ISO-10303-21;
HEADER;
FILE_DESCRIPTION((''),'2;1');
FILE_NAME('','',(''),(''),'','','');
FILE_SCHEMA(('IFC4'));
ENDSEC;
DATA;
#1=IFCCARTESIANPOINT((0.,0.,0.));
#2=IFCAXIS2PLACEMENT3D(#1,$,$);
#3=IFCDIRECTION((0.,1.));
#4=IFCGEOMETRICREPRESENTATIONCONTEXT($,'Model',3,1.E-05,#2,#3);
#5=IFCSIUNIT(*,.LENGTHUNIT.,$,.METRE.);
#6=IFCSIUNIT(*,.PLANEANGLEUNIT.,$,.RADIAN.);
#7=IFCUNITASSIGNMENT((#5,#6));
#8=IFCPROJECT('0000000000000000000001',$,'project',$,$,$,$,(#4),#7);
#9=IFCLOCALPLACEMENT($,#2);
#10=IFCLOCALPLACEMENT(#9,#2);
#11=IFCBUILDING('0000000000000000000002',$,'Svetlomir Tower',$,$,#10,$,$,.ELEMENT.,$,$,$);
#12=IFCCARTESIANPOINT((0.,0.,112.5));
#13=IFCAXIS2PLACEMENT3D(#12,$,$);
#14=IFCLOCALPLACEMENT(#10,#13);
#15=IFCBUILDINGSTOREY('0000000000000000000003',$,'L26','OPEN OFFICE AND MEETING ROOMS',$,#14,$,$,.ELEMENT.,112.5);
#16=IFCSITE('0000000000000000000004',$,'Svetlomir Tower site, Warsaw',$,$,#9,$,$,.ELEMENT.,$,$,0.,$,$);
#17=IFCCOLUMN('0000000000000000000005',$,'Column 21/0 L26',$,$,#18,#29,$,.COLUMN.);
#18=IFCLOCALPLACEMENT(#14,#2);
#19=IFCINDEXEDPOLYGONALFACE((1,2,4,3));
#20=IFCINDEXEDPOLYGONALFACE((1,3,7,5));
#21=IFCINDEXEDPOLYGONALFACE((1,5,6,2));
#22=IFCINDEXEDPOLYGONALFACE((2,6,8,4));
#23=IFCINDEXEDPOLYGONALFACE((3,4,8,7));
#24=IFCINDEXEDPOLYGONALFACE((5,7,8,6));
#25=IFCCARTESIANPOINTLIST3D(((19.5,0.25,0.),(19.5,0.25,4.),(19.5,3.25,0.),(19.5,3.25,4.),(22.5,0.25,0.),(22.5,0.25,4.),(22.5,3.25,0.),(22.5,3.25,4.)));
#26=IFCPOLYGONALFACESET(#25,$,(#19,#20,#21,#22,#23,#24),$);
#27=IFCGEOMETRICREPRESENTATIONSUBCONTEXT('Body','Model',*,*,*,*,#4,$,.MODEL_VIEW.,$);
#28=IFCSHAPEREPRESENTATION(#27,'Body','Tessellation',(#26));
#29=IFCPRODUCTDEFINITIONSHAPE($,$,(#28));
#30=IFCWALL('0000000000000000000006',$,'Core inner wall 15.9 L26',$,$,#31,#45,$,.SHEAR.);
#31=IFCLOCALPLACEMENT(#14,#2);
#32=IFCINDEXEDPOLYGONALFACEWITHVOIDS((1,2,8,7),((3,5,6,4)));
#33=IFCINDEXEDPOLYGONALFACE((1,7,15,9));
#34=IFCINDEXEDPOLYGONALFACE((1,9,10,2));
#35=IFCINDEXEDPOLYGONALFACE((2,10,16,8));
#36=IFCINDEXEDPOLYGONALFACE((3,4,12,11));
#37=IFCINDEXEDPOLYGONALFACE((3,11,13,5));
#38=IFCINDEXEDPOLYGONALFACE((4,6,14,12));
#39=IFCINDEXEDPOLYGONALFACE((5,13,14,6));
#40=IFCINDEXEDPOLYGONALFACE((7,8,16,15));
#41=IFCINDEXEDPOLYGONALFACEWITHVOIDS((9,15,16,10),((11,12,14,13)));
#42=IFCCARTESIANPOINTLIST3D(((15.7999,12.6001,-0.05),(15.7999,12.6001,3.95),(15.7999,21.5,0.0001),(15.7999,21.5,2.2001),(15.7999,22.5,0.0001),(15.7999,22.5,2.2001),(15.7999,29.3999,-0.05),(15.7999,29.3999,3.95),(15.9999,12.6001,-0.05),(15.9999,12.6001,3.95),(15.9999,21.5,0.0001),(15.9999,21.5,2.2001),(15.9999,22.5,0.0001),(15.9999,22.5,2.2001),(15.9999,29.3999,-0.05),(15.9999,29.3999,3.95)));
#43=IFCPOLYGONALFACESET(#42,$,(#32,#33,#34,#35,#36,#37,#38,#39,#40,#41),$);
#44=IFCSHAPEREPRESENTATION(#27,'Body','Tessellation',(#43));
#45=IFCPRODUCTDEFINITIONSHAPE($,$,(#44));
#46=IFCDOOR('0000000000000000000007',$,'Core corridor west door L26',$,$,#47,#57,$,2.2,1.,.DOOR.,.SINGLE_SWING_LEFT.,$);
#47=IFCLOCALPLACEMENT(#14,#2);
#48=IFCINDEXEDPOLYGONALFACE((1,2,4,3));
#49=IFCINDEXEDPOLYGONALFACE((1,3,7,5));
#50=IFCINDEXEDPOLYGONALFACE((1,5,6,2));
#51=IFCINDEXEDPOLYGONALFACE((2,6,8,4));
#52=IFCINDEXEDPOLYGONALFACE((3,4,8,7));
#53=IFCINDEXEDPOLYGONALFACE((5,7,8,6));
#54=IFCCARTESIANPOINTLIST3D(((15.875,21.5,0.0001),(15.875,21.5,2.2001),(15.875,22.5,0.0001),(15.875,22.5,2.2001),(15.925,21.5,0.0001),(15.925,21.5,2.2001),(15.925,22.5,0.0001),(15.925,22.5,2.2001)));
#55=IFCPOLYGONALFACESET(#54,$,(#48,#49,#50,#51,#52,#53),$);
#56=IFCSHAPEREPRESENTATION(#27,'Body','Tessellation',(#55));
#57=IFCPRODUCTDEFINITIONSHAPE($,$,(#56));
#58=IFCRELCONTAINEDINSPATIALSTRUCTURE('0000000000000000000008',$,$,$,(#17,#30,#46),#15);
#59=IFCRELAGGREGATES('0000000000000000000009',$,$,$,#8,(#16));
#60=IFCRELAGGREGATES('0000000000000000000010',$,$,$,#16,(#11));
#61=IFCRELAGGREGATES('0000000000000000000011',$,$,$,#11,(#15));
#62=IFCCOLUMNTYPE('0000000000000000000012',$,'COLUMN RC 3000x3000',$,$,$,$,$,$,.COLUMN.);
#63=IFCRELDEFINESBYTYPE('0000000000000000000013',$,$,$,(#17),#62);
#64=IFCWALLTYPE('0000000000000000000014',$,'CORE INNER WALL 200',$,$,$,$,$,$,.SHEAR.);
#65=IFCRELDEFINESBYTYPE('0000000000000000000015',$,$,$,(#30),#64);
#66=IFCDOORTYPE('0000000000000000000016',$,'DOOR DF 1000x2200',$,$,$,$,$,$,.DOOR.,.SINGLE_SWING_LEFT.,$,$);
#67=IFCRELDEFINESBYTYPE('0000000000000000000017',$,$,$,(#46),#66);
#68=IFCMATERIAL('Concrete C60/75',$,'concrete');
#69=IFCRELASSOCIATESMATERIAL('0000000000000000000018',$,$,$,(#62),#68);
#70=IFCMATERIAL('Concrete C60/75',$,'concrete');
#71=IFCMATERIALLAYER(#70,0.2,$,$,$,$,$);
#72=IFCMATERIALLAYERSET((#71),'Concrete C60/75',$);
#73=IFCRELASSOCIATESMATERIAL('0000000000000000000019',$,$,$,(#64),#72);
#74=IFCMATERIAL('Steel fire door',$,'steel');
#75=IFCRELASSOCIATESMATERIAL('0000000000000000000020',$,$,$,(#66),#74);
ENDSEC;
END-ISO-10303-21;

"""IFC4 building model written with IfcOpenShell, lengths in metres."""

from ifc_helpers import new_model, si_unit, direction, frame, frame_2d, origin, origin_2d, place, context, subcontext, project, spatial, rectangle, extrude, material, layer, layer_set, material_profile, profile_set, type_object, element, fill, save


model = new_model("IFC4")

# Units and contexts
model_context = context("Model", 3, precision=1e-05, world=origin(), true_north=direction((0.0, 1.0)))
body_context = subcontext(model_context, "Body", "Model", "MODEL_VIEW")
ifc_project = project(units=[si_unit("LENGTHUNIT", "METRE"), si_unit("PLANEANGLEUNIT", "RADIAN")], contexts=[model_context])

# Site, building, storey
site_placement = place(None, origin())
site = spatial("IfcSite", under=ifc_project, at=site_placement, Name="Svetlomir Tower site, Warsaw", CompositionType="ELEMENT", RefElevation=0.0)
building_placement = place(site_placement, origin())
building = spatial("IfcBuilding", under=site, at=building_placement, Name="Svetlomir Tower", CompositionType="ELEMENT")
storey_placement = place(building_placement, frame((0.0, 0.0, 112.5)))
storey = spatial("IfcBuildingStorey", under=building, at=storey_placement, Name="L26", Description="OPEN OFFICE AND MEETING ROOMS", CompositionType="ELEMENT", Elevation=112.5)

# Column
ifc_material_1 = material(Name="Concrete C60/75", Category="concrete")
ifc_material_profile = material_profile(ifc_material_1, rectangle(XDim=3.0, YDim=3.0, at=origin_2d()), Name="RC 3000x3000")
ifc_profile_set = profile_set([ifc_material_profile], Name="Concrete C60/75")
column_type = type_object("IfcColumnType", Name="COLUMN RC 3000x3000", PredefinedType="COLUMN", material=ifc_profile_set)
column_placement = place(storey_placement, frame((21.0, 1.75, 0.0), z_axis=(0.0, 0.0, 1.0), x_axis=(1.0, 0.0, 0.0)))
element("IfcColumn", 1, at=column_placement, inside=storey, type_object=column_type, Name="Column 21/0 L26", PredefinedType="COLUMN", context=body_context, shape_type="SweptSolid", body=[
    extrude(rectangle(XDim=3.0, YDim=3.0, at=origin_2d()), origin(), (0.0, 0.0, 1.0), 4.0),
])

# Wall, opening, door
ifc_material_2 = material(Name="Concrete C60/75", Category="concrete")
ifc_layer_1 = layer(ifc_material_2, 0.2)
ifc_layer_set_1 = layer_set([ifc_layer_1], Name="Concrete C60/75")
wall_type_1 = type_object("IfcWallType", Name="CORE INNER WALL 200", PredefinedType="SHEAR", material=ifc_layer_set_1)
wall_1_placement = place(storey_placement, frame((15.8999, 12.6001, -0.05), z_axis=(0.0, 0.0, 1.0), x_axis=(0.0, 1.0, 0.0)))
wall_1 = element("IfcWall", 2, at=wall_1_placement, inside=storey, type_object=wall_type_1, Name="Core inner wall 15.9 L26", PredefinedType="SHEAR", context=body_context, shape_type="SweptSolid", body=[
    extrude(rectangle(XDim=16.7998, YDim=0.2, at=frame_2d((8.3999, 0.0))), origin(), (0.0, 0.0, 1.0), 4.0),
])
opening_1_placement = place(wall_1_placement, frame((8.8999, 0.0, 0.05)))
opening_1 = element("IfcOpeningElement", 3, at=opening_1_placement, cuts=wall_1, PredefinedType="OPENING", context=body_context, shape_type="SweptSolid", body=[
    extrude(rectangle(XDim=1.0, YDim=2.2, at=frame_2d((0.5, 1.1001))), frame((0.0, 0.1099, 0.0), z_axis=(0.0, -1.0, 0.0), x_axis=(1.0, 0.0, 0.0)), (0.0, 0.0, 1.0), 0.22),
])
ifc_material_3 = material(Name="Steel fire door", Category="steel")
door_type_1 = type_object("IfcDoorType", Name="DOOR DF 1000x2200", OperationType="SINGLE_SWING_LEFT", PredefinedType="DOOR", material=ifc_material_3)
door_1_placement = place(opening_1_placement, origin())
door_1 = element("IfcDoor", 4, at=door_1_placement, inside=storey, type_object=door_type_1, Name="Core corridor west door L26", OperationType="SINGLE_SWING_LEFT", OverallHeight=2.2, OverallWidth=1.0, PredefinedType="DOOR", context=body_context, shape_type="SweptSolid", body=[
    extrude(rectangle(XDim=1.0, YDim=2.2, at=frame_2d((0.5, 1.1001))), frame((0.0, 0.0249, 0.0), z_axis=(0.0, -1.0, 0.0), x_axis=(1.0, 0.0, 0.0)), (0.0, 0.0, 1.0), 0.05),
])
fill(opening_1, door_1)

save(model, "model.ifc")
